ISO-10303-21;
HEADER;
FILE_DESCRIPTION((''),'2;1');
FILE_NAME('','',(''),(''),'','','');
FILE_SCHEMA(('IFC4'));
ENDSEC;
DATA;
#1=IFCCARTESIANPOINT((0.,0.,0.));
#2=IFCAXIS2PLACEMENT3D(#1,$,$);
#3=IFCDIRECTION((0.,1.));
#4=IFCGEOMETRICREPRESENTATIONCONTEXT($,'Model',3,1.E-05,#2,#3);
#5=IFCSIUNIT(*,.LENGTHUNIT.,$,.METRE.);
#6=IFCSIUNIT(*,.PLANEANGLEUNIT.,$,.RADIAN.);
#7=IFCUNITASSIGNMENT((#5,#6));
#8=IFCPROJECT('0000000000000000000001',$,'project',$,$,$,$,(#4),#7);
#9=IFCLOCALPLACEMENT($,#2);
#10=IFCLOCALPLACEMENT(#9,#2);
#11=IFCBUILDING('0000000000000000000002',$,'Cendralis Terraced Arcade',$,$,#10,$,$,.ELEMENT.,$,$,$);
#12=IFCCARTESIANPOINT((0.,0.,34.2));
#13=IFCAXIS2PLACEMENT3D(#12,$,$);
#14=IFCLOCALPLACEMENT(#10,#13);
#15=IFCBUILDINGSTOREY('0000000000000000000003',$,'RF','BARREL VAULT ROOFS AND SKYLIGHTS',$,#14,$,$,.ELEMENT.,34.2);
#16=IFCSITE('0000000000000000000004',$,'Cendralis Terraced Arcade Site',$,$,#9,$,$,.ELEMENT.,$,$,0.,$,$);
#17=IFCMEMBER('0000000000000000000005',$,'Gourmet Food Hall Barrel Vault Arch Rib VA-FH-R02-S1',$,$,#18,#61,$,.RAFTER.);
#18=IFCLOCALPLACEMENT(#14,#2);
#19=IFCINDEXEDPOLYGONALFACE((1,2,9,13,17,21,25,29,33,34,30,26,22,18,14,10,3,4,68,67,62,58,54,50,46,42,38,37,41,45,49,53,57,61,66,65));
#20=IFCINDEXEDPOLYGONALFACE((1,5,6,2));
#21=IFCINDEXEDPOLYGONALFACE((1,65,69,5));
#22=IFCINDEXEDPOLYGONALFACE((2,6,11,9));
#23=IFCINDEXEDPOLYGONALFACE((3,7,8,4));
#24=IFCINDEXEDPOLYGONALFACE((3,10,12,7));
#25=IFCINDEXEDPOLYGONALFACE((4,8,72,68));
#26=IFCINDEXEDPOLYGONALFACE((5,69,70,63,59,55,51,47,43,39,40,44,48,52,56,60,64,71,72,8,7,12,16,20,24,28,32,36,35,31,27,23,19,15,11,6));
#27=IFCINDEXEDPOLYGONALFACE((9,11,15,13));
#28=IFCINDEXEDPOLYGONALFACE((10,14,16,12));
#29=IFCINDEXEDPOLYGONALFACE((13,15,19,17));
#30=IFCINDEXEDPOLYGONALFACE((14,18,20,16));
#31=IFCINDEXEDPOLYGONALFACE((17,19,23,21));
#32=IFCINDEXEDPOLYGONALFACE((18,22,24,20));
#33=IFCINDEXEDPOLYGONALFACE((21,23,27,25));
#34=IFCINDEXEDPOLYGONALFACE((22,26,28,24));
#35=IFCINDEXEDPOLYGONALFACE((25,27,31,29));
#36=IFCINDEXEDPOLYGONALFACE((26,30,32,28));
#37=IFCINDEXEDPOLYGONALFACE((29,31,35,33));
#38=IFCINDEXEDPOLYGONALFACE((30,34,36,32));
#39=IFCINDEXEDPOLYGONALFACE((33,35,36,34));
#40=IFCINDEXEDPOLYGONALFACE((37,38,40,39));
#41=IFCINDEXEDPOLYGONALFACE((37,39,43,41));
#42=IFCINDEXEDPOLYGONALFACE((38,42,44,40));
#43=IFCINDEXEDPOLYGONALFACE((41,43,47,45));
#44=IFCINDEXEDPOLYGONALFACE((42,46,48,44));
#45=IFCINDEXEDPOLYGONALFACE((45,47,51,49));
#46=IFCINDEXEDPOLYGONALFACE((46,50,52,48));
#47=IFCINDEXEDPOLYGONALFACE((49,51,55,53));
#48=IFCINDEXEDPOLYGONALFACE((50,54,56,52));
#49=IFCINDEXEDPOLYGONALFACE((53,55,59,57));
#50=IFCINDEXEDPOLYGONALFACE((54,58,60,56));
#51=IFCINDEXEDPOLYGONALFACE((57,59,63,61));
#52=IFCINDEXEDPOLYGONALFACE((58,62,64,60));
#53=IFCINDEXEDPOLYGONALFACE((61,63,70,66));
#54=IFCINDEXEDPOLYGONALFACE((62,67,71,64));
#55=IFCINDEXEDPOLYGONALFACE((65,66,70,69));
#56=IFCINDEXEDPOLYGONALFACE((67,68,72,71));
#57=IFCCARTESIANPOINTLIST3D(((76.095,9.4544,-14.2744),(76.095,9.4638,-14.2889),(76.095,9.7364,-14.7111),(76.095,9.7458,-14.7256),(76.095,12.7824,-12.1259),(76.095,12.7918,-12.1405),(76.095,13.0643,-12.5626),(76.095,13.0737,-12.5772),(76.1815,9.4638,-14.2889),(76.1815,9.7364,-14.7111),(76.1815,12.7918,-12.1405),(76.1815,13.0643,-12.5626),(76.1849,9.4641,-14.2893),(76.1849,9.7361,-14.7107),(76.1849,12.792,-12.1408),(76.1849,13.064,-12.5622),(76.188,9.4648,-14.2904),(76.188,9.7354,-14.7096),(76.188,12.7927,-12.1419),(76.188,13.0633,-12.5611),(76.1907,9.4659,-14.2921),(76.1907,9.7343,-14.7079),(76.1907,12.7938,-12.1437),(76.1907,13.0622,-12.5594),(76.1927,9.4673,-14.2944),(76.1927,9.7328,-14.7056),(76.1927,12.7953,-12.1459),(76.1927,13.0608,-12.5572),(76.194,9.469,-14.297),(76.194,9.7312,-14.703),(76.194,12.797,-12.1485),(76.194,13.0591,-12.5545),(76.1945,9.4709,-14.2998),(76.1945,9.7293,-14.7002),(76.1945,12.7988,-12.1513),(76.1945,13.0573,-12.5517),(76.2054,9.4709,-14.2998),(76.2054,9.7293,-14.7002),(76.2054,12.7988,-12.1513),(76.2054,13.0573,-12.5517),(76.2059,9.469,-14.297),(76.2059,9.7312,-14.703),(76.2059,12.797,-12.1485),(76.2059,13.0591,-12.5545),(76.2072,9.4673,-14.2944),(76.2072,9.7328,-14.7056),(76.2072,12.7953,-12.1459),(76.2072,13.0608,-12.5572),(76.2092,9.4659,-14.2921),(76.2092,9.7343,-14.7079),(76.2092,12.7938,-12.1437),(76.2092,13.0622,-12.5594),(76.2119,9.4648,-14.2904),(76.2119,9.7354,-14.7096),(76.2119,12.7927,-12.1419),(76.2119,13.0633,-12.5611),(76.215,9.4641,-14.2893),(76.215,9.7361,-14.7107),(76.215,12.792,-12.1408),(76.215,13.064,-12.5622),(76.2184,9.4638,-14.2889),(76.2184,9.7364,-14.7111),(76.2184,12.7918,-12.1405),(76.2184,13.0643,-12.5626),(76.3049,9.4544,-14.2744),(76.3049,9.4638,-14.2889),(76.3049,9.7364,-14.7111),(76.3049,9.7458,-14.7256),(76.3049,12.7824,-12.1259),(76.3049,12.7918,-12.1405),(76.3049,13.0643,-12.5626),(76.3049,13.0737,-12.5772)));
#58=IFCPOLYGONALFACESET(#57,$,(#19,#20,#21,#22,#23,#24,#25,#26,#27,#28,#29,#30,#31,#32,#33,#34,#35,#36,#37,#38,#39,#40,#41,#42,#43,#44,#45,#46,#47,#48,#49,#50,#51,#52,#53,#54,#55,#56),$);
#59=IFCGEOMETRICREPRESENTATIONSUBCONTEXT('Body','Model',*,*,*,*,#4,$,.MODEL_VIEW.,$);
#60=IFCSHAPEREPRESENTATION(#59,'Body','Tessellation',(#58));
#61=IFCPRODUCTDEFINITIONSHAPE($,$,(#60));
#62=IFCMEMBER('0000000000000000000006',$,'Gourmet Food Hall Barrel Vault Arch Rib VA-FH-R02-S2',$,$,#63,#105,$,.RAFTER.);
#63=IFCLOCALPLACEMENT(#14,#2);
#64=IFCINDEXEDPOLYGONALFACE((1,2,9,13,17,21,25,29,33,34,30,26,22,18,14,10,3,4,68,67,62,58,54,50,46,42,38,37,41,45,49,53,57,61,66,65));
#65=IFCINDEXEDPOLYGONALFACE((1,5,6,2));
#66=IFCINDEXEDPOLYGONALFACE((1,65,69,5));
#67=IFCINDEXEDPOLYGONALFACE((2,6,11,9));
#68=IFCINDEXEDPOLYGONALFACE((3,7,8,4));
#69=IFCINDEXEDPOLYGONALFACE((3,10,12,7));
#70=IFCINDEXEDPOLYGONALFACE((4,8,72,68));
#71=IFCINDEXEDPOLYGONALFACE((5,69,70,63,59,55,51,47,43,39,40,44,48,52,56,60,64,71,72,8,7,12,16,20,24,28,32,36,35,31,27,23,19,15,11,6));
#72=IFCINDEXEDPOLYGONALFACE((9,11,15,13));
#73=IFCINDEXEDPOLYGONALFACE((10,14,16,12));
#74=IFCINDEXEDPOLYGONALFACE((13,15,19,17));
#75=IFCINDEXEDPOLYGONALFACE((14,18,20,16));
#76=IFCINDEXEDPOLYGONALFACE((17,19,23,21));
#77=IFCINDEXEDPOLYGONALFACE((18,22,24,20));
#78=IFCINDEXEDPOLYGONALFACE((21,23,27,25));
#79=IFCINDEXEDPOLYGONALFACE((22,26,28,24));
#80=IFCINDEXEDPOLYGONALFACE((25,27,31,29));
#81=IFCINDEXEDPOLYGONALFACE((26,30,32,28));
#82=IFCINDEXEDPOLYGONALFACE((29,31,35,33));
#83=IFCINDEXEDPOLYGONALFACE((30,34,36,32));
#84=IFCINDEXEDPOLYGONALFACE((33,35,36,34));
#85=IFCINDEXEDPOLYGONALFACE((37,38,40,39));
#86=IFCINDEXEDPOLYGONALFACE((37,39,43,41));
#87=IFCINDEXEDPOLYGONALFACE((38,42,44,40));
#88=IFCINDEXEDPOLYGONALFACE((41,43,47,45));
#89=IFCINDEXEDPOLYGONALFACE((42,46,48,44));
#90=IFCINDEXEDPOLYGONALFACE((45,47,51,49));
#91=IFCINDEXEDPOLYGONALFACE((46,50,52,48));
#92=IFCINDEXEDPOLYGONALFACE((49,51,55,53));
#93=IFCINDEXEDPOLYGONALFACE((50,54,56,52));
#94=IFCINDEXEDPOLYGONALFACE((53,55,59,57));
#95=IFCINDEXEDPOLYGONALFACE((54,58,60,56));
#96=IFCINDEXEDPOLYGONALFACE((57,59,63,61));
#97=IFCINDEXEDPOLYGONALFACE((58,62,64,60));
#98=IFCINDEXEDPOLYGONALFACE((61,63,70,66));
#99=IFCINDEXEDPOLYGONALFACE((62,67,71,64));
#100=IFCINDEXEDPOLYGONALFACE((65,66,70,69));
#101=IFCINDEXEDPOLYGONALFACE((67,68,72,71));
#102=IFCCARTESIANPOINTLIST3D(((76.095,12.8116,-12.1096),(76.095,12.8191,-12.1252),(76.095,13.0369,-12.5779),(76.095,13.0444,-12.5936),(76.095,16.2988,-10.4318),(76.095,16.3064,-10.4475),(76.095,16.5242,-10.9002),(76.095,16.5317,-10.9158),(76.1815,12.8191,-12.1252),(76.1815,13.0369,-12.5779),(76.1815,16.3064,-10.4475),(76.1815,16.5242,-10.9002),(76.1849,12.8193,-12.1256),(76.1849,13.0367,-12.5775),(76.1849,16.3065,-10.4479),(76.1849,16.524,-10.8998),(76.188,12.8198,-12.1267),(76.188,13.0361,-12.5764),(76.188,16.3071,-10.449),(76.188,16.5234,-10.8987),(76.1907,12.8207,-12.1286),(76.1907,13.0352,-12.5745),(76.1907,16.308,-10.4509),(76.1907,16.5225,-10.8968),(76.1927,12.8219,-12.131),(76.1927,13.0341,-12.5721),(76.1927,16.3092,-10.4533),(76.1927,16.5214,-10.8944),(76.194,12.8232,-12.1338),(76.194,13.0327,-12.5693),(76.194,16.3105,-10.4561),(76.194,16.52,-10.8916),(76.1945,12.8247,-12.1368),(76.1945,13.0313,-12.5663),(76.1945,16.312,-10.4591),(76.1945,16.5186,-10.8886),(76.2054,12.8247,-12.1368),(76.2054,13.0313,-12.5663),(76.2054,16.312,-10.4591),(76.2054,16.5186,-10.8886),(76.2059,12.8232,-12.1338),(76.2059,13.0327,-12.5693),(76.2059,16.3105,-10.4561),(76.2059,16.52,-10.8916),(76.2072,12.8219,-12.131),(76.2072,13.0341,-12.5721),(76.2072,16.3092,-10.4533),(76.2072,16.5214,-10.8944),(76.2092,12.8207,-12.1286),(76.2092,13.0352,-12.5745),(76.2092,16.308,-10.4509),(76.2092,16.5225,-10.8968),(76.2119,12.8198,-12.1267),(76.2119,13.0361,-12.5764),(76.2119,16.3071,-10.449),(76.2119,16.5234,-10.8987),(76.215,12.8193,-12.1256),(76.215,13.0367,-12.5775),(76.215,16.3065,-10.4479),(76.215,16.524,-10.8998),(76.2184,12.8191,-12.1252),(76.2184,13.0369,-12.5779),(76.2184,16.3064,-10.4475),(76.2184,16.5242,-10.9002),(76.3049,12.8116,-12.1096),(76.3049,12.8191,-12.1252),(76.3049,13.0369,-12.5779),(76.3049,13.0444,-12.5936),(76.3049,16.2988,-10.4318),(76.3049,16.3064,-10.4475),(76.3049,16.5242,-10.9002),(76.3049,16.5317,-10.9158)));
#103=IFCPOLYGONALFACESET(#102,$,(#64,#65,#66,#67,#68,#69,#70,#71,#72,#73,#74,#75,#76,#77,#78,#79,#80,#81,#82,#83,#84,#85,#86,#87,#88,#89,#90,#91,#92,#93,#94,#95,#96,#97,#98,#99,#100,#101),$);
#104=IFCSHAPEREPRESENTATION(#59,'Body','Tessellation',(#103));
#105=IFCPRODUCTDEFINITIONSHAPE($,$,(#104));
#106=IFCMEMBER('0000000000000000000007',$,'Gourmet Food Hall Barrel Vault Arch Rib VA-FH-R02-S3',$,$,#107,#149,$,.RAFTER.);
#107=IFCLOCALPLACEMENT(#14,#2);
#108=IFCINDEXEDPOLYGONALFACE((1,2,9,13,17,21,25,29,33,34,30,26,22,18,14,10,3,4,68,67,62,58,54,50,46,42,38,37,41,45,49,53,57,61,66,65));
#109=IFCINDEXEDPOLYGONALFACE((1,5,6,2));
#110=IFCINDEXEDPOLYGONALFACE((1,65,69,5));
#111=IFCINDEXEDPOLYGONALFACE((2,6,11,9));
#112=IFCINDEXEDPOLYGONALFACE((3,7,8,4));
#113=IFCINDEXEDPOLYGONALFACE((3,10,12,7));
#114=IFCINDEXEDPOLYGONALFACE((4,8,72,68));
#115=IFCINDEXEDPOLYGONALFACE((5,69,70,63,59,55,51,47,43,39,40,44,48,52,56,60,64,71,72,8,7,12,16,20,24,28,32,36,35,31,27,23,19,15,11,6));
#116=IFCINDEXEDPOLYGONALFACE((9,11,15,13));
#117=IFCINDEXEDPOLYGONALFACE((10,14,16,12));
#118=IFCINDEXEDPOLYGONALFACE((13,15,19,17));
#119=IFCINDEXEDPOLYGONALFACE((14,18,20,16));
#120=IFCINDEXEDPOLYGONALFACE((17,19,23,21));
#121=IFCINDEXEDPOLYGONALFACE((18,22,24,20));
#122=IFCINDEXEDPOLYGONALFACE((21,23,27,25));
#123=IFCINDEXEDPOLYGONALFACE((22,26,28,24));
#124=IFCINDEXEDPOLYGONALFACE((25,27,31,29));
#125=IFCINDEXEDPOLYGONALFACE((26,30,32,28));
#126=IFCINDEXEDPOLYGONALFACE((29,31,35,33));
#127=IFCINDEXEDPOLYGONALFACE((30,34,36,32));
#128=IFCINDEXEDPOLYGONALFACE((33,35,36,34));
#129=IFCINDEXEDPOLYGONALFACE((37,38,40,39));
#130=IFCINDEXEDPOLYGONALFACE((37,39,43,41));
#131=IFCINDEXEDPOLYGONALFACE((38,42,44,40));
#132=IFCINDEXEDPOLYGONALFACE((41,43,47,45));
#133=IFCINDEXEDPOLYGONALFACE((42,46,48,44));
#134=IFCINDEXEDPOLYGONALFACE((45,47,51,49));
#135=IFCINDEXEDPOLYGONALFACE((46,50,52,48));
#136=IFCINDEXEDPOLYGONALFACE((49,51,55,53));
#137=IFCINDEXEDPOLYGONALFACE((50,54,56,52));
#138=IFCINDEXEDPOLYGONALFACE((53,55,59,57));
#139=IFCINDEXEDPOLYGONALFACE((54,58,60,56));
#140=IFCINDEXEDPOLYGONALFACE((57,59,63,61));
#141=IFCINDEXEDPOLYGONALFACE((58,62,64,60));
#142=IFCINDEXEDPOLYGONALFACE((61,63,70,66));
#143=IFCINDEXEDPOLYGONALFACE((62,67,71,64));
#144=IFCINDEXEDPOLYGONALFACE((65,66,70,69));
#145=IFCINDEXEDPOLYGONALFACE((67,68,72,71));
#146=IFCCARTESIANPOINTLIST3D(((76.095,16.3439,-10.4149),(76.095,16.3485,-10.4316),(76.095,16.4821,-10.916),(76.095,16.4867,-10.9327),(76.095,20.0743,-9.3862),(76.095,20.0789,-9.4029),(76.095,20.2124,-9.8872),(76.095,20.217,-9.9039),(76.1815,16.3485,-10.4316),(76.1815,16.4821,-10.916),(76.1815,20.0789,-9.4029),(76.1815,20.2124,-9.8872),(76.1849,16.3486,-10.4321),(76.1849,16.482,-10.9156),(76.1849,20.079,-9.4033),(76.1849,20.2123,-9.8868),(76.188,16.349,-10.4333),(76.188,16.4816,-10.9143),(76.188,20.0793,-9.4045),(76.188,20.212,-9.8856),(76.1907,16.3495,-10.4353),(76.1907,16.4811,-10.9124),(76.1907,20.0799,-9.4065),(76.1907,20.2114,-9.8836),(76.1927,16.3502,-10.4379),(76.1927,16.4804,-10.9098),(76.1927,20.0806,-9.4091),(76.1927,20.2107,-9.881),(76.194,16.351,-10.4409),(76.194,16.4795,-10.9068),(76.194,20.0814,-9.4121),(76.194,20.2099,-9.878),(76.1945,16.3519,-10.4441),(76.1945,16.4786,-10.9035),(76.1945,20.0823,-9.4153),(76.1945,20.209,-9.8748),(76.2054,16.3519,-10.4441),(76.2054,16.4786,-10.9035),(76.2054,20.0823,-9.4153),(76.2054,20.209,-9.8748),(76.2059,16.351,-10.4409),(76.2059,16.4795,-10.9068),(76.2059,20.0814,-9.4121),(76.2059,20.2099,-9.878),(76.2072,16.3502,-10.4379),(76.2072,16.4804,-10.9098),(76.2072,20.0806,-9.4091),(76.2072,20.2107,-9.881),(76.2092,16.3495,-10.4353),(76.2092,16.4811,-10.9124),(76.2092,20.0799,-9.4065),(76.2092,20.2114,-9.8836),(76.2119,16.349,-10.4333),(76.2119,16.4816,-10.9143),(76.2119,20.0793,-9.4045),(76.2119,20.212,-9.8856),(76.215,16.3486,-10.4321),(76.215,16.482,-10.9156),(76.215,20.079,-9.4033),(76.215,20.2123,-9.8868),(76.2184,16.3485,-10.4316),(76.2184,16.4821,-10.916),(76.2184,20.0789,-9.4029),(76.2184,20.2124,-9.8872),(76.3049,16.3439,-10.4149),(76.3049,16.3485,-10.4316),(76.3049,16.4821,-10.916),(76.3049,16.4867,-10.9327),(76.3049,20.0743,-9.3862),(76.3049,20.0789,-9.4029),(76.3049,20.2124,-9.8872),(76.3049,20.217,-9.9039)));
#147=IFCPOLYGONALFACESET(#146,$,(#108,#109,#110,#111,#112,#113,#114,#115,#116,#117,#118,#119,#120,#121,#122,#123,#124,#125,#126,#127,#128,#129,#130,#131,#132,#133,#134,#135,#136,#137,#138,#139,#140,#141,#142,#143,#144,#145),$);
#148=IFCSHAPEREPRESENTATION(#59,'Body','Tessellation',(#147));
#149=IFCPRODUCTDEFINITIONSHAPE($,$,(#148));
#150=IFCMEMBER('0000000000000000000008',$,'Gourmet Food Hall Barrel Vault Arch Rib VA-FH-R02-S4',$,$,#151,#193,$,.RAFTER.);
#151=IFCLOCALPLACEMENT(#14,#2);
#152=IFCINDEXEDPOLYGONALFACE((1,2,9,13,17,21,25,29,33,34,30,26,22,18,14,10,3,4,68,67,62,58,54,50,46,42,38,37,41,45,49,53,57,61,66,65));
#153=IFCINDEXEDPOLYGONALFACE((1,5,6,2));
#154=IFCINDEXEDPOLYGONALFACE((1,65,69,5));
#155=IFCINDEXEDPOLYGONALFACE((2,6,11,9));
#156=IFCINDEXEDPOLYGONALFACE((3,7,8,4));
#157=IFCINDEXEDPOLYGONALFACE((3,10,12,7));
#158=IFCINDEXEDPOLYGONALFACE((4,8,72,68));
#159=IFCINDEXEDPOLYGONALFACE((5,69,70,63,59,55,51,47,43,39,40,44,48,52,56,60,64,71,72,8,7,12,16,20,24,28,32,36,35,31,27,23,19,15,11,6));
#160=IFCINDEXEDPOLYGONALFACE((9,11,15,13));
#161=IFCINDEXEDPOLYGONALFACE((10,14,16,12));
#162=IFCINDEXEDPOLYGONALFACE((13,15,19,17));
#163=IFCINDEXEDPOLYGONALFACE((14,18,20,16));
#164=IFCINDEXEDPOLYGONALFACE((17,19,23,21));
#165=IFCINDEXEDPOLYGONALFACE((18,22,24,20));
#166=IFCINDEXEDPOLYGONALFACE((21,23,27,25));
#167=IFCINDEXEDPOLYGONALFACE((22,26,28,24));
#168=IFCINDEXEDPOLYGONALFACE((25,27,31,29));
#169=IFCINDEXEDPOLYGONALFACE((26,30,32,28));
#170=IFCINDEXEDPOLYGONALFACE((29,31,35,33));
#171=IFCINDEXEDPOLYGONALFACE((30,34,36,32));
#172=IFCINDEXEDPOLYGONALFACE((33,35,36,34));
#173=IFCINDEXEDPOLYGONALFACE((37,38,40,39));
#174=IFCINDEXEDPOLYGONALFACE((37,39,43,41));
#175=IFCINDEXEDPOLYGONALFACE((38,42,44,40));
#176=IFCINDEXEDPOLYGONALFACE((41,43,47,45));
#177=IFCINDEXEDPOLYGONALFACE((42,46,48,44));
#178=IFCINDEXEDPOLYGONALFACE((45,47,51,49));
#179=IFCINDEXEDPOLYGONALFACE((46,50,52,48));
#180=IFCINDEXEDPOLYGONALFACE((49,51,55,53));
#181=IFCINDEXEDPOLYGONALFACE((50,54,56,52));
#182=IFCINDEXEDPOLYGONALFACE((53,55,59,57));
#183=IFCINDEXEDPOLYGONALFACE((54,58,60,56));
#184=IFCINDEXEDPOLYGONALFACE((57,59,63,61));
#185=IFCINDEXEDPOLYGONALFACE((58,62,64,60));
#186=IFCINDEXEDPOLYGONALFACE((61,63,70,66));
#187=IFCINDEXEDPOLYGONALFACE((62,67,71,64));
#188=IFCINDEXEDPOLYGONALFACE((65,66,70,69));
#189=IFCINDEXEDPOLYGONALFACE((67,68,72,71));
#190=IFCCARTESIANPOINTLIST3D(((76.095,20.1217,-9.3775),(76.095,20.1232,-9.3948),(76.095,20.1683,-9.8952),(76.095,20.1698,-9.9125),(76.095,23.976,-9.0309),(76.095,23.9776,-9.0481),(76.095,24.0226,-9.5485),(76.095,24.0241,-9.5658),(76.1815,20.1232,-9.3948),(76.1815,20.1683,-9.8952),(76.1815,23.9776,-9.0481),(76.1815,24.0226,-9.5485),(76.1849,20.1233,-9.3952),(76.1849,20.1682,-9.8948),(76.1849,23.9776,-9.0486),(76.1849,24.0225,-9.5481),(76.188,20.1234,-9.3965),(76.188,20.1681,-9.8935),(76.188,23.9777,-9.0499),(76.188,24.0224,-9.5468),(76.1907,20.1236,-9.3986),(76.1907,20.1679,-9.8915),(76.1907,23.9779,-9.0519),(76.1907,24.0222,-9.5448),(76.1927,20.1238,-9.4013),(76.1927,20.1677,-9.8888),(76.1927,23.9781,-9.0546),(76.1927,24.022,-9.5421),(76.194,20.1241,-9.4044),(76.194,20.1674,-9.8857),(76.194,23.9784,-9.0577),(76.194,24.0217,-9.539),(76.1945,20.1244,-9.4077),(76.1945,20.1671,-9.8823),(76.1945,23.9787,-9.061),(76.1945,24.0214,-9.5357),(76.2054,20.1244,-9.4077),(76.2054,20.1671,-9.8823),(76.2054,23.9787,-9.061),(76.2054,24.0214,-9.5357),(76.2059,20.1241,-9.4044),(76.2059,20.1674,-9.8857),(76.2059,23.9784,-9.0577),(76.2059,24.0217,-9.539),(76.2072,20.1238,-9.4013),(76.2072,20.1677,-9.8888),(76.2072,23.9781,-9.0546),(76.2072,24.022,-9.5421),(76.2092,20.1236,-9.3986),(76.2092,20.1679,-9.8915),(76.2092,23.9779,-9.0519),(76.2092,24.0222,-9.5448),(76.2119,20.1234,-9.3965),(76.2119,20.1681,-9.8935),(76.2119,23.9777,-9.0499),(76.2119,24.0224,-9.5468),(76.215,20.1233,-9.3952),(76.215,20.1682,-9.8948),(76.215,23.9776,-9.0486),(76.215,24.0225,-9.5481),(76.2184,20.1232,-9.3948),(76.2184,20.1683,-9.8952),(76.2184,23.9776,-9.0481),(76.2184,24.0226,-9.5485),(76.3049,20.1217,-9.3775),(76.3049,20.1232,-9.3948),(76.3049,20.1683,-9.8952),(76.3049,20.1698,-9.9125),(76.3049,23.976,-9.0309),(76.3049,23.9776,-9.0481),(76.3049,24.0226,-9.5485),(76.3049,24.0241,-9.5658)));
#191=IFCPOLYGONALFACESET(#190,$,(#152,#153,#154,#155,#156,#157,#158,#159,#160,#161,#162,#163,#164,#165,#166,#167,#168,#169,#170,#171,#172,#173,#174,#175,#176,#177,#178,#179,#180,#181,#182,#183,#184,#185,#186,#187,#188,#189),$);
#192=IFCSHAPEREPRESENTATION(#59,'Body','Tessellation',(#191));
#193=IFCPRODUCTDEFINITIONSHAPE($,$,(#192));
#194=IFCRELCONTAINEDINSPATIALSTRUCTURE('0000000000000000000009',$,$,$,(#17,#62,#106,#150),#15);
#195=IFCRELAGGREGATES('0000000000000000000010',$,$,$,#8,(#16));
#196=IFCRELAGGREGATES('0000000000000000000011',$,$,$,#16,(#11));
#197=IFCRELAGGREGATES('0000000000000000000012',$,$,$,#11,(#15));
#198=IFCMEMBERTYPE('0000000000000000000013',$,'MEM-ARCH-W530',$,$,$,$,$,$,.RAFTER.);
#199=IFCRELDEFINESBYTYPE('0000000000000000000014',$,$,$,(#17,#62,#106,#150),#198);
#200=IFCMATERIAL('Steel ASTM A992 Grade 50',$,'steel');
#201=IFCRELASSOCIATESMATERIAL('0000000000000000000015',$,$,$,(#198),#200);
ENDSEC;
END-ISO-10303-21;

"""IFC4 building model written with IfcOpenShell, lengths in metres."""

from ifc_helpers import new_model, si_unit, direction, frame, origin, origin_2d, place, context, subcontext, project, spatial, i_section, extrude, material, material_profile, profile_set, type_object, element, save


model = new_model("IFC4")

# Units and contexts
model_context = context("Model", 3, precision=1e-05, world=origin(), true_north=direction((0.0, 1.0)))
body_context = subcontext(model_context, "Body", "Model", "MODEL_VIEW")
ifc_project = project(units=[si_unit("LENGTHUNIT", "METRE"), si_unit("PLANEANGLEUNIT", "RADIAN")], contexts=[model_context])

# Site, building, storey
site_placement = place(None, origin())
site = spatial("IfcSite", under=ifc_project, at=site_placement, Name="Cendralis Terraced Arcade Site", CompositionType="ELEMENT", RefElevation=0.0)
building_placement = place(site_placement, origin())
building = spatial("IfcBuilding", under=site, at=building_placement, Name="Cendralis Terraced Arcade", CompositionType="ELEMENT")
storey_placement = place(building_placement, frame((0.0, 0.0, 34.2)))
storey = spatial("IfcBuildingStorey", under=building, at=storey_placement, Name="RF", Description="BARREL VAULT ROOFS AND SKYLIGHTS", CompositionType="ELEMENT", Elevation=34.2)

# Members
ifc_material_1 = material(Name="Steel ASTM A992 Grade 50", Category="steel")
ifc_material_profile_1 = material_profile(ifc_material_1, i_section(OverallWidth=0.21, OverallDepth=0.5371, WebThickness=0.011, FlangeThickness=0.0173, FilletRadius=0.0129, at=origin_2d()), Name="W530X101", Category="LoadBearing")
ifc_profile_set_1 = profile_set([ifc_material_profile_1], Name="Steel ASTM A992 Grade 50")
member_type_1 = type_object("IfcMemberType", Name="MEM-ARCH-W530", PredefinedType="RAFTER", material=ifc_profile_set_1)
member_1_placement = place(storey_placement, frame((76.2, 9.6001, -14.5), z_axis=(0.0, 0.840134, 0.54238), x_axis=(-1.0, 0.0, 0.0)))
element("IfcMember", 1, at=member_1_placement, inside=storey, type_object=member_type_1, Name="Gourmet Food Hall Barrel Vault Arch Rib VA-FH-R02-S1", PredefinedType="RAFTER", context=body_context, shape_type="SweptSolid", body=[
    extrude(i_section(OverallWidth=0.21, OverallDepth=0.5371, WebThickness=0.011, FlangeThickness=0.0173, FilletRadius=0.0129, at=origin_2d()), origin(), (0.0, 0.0, 1.0), 3.9612),
])
member_2_placement = place(storey_placement, frame((76.2, 12.928, -12.3516), z_axis=(0.0, 0.901137, 0.433535), x_axis=(-1.0, 0.0, 0.0)))
element("IfcMember", 2, at=member_2_placement, inside=storey, type_object=member_type_1, Name="Gourmet Food Hall Barrel Vault Arch Rib VA-FH-R02-S2", PredefinedType="RAFTER", context=body_context, shape_type="SweptSolid", body=[
    extrude(i_section(OverallWidth=0.21, OverallDepth=0.5371, WebThickness=0.011, FlangeThickness=0.0173, FilletRadius=0.0129, at=origin_2d()), origin(), (0.0, 0.0, 1.0), 3.8699),
])
member_3_placement = place(storey_placement, frame((76.2, 16.4153, -10.6738), z_axis=(0.0, 0.964012, 0.26586), x_axis=(-1.0, 0.0, 0.0)))
element("IfcMember", 3, at=member_3_placement, inside=storey, type_object=member_type_1, Name="Gourmet Food Hall Barrel Vault Arch Rib VA-FH-R02-S3", PredefinedType="RAFTER", context=body_context, shape_type="SweptSolid", body=[
    extrude(i_section(OverallWidth=0.21, OverallDepth=0.5371, WebThickness=0.011, FlangeThickness=0.0173, FilletRadius=0.0129, at=origin_2d()), origin(), (0.0, 0.0, 1.0), 3.8696),
])
for number, where, z_axis, x_axis, name in (
    (4, (76.2, 20.1458, -9.645), (0.0, 0.995979, 0.089586), (-1.0, 0.0, 0.0), "Gourmet Food Hall Barrel Vault Arch Rib VA-FH-R02-S4"),
):
    element("IfcMember", number, at=place(storey_placement, frame(where, z_axis=z_axis, x_axis=x_axis)), inside=storey, type_object=member_type_1, Name=name, PredefinedType="RAFTER", context=body_context, shape_type="SweptSolid", body=[
        extrude(i_section(OverallWidth=0.21, OverallDepth=0.5371, WebThickness=0.011, FlangeThickness=0.0173, FilletRadius=0.0129, at=origin_2d()), origin(), (0.0, 0.0, 1.0), 3.8699),
    ])

save(model, "model.ifc")
